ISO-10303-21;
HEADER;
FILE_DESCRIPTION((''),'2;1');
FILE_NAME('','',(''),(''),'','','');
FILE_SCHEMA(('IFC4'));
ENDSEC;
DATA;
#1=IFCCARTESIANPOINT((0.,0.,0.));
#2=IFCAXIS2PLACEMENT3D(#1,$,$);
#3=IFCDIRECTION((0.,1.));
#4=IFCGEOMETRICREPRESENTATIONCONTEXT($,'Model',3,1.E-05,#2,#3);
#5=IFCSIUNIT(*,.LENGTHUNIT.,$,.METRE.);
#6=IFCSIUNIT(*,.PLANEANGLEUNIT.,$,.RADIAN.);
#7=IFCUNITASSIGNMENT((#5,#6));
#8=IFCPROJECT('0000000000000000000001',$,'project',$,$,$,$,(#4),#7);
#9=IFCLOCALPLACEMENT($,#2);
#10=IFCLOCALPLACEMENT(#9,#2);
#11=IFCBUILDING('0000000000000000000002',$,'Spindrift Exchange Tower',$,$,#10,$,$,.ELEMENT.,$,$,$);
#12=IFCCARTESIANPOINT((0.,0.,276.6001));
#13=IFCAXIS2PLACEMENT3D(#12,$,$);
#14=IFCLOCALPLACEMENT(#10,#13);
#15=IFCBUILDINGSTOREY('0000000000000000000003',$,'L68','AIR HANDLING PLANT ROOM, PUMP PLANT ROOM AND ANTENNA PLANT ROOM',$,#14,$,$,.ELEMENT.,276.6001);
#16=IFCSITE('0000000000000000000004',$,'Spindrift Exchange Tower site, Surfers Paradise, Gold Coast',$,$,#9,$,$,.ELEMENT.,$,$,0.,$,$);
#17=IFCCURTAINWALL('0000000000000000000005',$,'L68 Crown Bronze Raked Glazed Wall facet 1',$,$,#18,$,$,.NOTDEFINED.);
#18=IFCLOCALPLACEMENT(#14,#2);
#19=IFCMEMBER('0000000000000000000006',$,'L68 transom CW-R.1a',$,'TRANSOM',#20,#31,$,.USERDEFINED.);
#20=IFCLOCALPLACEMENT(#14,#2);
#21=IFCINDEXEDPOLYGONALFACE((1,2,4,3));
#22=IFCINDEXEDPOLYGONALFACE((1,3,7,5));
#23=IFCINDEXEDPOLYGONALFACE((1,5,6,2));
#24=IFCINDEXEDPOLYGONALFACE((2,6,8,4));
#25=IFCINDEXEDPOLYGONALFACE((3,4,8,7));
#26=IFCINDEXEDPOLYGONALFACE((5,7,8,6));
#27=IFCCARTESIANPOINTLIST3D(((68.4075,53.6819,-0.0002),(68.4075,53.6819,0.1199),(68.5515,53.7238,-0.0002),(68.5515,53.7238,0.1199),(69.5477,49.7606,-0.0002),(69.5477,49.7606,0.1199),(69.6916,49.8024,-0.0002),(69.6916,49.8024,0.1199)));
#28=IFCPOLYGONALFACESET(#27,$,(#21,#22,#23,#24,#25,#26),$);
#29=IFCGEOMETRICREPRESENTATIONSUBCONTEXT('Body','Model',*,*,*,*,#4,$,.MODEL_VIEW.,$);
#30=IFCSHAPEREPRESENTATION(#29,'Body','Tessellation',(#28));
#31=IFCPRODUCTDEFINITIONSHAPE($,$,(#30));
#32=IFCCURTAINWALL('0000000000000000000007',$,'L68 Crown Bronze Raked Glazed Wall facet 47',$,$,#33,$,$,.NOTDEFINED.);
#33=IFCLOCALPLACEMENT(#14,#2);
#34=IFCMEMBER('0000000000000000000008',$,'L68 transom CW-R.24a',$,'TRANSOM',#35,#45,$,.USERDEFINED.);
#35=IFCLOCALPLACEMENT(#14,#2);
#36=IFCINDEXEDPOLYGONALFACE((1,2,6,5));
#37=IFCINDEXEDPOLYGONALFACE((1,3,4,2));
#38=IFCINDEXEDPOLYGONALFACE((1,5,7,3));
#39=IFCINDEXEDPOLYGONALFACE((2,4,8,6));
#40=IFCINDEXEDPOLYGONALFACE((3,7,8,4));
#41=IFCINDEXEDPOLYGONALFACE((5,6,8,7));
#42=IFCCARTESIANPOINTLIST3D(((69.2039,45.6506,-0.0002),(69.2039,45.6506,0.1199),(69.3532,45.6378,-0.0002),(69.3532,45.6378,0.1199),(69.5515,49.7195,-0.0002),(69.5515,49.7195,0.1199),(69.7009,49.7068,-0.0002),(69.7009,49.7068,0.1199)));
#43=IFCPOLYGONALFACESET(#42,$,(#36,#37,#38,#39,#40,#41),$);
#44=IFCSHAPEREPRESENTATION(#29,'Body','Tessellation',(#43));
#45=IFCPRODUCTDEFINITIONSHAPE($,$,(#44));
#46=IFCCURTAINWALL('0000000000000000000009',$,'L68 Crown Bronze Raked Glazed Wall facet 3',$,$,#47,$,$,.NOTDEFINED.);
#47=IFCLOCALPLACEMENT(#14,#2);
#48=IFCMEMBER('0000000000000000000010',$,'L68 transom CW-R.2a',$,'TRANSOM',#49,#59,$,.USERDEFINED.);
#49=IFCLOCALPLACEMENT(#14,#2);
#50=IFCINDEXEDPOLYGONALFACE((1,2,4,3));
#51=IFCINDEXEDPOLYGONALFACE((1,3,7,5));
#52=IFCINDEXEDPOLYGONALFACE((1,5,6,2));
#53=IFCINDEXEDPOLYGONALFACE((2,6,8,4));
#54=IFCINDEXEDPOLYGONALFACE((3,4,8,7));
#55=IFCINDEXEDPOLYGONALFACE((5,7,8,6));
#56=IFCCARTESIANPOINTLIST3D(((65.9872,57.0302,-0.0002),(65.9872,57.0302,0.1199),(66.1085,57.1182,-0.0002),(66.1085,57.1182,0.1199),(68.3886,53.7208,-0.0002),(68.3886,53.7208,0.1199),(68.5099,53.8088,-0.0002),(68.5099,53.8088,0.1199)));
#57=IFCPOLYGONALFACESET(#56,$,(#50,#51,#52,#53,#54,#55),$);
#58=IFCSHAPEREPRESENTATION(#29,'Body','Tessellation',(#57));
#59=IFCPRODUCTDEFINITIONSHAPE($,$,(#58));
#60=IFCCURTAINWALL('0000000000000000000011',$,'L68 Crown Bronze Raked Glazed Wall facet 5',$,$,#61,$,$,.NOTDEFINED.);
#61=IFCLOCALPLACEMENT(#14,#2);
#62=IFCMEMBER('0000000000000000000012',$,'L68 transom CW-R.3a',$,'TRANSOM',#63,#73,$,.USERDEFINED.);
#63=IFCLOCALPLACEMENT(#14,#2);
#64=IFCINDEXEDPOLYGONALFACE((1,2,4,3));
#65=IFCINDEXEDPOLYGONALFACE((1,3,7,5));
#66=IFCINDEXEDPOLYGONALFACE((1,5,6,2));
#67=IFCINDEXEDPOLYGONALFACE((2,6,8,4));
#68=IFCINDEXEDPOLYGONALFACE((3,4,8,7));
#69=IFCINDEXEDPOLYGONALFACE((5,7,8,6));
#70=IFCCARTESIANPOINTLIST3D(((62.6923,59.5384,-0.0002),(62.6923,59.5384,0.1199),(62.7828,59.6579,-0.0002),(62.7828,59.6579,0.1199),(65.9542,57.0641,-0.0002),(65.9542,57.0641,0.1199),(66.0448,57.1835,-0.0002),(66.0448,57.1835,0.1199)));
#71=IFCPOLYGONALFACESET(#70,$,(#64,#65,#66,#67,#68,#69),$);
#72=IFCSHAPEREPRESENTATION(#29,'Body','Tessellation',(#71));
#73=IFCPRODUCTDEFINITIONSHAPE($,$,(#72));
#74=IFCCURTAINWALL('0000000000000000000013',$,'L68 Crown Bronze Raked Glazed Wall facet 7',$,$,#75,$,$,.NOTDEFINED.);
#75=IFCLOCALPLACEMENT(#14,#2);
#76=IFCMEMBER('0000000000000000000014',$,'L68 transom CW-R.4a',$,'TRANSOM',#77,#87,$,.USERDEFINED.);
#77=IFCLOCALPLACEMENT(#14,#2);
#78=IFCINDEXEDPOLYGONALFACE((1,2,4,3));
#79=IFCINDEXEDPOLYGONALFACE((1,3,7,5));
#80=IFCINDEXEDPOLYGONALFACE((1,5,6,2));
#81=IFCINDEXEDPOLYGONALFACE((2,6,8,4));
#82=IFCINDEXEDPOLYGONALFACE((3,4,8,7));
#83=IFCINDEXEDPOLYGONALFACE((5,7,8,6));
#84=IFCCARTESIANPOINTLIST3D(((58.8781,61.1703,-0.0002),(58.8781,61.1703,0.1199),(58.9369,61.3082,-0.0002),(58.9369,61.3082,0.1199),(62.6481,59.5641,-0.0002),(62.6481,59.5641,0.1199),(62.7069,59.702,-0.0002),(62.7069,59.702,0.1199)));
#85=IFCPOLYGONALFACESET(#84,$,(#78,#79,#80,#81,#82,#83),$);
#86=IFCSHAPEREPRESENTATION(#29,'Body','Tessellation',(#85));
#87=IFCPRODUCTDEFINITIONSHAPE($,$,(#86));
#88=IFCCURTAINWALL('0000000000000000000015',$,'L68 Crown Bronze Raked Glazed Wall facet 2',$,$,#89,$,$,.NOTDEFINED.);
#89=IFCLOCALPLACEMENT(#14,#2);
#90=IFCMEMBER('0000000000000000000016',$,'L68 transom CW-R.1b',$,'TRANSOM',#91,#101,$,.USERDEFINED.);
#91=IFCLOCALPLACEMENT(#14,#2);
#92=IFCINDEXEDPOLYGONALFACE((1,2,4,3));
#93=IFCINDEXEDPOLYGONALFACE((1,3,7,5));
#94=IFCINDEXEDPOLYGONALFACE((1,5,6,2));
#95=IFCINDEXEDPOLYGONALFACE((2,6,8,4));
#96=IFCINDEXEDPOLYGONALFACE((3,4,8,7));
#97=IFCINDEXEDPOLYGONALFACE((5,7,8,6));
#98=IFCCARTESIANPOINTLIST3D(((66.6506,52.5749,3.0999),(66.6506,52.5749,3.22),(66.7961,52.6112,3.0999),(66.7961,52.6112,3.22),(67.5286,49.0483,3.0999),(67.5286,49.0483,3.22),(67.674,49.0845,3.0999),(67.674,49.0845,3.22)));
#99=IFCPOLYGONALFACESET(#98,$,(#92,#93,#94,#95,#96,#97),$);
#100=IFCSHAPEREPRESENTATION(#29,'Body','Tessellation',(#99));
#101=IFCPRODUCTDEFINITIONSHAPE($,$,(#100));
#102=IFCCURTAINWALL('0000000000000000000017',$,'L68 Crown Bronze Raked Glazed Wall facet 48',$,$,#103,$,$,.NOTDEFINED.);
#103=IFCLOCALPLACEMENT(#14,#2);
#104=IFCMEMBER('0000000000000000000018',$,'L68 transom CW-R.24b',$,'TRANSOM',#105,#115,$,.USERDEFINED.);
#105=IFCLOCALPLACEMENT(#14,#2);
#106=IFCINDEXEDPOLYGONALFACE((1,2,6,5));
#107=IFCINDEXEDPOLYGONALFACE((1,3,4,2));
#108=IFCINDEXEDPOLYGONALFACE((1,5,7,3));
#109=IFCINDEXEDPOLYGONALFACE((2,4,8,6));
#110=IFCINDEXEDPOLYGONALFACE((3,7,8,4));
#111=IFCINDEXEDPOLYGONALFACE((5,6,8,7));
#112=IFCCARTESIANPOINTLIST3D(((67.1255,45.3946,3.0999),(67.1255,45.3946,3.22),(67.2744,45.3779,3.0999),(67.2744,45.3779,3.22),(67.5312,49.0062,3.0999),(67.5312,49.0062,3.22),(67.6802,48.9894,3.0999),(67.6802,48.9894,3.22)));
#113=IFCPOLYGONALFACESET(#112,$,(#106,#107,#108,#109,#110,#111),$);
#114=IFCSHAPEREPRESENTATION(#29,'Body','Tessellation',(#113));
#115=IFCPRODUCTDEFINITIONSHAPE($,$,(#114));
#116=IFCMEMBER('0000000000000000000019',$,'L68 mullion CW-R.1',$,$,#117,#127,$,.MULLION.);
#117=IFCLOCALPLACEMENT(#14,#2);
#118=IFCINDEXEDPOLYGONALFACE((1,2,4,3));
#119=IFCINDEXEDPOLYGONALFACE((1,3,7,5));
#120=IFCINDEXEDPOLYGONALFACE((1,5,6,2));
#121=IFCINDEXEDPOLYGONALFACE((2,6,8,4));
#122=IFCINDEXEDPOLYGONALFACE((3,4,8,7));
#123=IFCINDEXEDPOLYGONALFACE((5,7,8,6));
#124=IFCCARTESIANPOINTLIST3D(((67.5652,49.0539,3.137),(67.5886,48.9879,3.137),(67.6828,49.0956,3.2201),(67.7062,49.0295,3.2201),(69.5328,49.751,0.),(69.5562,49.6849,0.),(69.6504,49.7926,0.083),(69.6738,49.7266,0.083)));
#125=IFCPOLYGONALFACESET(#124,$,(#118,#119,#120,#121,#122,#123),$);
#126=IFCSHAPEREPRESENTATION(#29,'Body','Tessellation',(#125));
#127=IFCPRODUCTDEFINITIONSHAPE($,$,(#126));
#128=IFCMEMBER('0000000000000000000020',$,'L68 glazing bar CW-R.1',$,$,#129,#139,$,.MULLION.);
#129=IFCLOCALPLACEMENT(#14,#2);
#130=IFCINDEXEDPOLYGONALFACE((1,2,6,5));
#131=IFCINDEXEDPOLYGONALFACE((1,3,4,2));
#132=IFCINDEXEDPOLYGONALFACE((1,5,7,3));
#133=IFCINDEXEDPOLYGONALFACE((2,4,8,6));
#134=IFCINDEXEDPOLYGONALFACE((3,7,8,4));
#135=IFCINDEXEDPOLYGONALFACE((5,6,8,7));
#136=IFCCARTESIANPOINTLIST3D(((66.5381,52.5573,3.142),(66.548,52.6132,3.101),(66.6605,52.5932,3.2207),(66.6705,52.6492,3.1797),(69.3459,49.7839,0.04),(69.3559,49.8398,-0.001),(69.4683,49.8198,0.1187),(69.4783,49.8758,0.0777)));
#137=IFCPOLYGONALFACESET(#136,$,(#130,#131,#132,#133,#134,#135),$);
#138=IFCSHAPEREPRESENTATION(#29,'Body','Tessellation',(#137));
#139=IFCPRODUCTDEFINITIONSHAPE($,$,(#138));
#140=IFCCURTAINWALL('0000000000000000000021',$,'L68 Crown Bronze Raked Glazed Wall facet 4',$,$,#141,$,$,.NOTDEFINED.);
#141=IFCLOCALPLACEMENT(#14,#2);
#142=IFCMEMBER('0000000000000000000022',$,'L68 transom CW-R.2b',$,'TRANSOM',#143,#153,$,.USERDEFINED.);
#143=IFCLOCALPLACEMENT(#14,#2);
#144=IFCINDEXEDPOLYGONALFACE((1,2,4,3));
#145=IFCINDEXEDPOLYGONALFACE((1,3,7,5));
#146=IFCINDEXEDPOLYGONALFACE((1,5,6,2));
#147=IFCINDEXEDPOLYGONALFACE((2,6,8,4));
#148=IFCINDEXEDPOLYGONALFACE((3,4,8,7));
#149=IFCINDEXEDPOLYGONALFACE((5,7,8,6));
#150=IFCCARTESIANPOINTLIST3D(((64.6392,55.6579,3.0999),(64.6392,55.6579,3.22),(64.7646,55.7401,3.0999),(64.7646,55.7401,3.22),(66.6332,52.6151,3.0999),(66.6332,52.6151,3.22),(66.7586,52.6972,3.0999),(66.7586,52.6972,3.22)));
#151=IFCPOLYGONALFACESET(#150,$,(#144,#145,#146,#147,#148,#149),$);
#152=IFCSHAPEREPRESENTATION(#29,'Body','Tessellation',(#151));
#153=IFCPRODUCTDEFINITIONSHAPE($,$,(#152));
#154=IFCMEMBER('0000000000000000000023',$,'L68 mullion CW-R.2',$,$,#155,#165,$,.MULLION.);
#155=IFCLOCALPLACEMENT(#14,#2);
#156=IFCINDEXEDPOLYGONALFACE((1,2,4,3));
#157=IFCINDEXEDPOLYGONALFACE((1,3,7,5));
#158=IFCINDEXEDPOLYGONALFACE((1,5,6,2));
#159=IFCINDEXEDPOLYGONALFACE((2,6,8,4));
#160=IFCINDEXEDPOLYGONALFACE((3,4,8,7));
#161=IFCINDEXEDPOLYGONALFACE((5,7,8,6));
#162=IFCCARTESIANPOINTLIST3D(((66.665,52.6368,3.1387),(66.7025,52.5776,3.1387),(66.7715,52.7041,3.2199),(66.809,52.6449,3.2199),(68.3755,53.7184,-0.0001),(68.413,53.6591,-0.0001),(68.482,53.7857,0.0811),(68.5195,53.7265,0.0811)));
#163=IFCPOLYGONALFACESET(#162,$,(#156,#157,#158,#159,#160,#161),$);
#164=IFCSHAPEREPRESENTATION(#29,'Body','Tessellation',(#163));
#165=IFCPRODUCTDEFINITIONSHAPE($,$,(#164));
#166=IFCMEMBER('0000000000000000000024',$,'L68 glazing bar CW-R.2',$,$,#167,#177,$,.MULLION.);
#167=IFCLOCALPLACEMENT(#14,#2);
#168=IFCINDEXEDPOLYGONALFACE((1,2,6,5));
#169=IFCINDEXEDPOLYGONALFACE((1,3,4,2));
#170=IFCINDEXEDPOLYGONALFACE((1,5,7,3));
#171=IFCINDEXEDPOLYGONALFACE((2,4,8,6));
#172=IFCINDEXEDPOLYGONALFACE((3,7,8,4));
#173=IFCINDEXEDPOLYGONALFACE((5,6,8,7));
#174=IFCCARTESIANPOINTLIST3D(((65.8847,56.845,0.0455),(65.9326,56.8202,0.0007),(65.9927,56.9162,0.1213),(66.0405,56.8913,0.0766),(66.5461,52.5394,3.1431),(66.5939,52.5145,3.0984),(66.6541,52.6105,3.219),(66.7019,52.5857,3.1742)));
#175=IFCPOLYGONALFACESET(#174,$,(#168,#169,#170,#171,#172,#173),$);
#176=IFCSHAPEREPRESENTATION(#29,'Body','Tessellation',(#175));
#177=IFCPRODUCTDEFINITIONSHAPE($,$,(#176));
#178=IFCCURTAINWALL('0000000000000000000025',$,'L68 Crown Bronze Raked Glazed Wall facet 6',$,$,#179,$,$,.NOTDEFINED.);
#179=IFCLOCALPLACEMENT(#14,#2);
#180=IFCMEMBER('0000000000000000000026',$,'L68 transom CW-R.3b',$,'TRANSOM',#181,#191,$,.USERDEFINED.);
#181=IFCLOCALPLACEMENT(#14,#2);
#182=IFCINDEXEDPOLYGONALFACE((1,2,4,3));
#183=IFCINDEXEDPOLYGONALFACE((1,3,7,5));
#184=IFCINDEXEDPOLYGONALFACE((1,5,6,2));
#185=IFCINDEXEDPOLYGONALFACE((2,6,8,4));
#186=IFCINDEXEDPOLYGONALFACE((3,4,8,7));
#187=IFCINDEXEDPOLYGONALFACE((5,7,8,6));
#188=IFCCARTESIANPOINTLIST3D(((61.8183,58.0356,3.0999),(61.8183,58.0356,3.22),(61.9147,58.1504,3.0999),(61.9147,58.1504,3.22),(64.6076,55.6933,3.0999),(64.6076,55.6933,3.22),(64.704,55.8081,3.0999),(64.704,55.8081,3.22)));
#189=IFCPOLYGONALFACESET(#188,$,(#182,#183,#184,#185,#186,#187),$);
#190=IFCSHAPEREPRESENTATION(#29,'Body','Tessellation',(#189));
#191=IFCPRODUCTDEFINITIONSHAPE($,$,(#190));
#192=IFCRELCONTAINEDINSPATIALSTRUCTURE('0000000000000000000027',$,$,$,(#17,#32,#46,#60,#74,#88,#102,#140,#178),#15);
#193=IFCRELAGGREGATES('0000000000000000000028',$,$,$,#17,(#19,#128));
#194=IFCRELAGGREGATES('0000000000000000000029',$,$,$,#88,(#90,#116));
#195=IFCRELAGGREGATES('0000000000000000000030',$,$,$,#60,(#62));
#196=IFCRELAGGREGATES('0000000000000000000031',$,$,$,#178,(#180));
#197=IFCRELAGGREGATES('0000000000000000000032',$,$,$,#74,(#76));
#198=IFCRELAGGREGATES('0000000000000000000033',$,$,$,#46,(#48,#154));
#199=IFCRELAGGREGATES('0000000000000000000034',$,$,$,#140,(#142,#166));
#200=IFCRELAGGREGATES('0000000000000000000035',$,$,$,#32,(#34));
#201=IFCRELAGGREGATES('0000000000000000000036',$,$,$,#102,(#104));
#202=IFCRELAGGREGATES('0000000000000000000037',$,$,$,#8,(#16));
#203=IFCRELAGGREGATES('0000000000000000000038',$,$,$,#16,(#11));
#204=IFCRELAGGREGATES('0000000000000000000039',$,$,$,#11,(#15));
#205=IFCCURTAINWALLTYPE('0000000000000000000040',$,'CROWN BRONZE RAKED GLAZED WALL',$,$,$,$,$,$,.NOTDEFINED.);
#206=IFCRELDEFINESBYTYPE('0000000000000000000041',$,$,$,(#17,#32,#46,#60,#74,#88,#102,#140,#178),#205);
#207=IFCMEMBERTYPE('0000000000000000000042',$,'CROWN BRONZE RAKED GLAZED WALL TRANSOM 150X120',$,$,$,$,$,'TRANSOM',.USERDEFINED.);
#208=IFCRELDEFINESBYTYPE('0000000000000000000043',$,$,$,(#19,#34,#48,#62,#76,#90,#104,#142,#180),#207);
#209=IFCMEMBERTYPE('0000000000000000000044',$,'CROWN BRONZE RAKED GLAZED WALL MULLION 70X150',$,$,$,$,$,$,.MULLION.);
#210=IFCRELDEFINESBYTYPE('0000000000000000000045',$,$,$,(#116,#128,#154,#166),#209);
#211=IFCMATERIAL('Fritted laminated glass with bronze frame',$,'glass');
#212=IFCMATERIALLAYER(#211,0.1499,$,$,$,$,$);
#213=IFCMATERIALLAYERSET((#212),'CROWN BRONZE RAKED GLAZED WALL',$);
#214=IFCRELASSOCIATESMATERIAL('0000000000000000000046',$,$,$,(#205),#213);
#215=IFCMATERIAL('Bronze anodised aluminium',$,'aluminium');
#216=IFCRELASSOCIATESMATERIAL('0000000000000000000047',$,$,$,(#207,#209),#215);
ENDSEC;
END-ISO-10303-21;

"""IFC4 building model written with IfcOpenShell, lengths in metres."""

from ifc_helpers import new_model, si_unit, direction, frame, origin, origin_2d, place, context, subcontext, project, spatial, rectangle, extrude, source, transform, mapped, material, layer, layer_set, material_profile, profile_set, type_object, element, aggregate, save


model = new_model("IFC4")

# Units and contexts
model_context = context("Model", 3, precision=1e-05, world=origin(), true_north=direction((0.0, 1.0)))
body_context = subcontext(model_context, "Body", "Model", "MODEL_VIEW")
ifc_project = project(units=[si_unit("LENGTHUNIT", "METRE"), si_unit("PLANEANGLEUNIT", "RADIAN")], contexts=[model_context])

# Site, building, storey
site_placement = place(None, origin())
site = spatial("IfcSite", under=ifc_project, at=site_placement, Name="Spindrift Exchange Tower site, Surfers Paradise, Gold Coast", CompositionType="ELEMENT", RefElevation=0.0)
building_placement = place(site_placement, origin())
building = spatial("IfcBuilding", under=site, at=building_placement, Name="Spindrift Exchange Tower", CompositionType="ELEMENT")
storey_placement = place(building_placement, frame((0.0, 0.0, 276.6001)))
storey = spatial("IfcBuildingStorey", under=building, at=storey_placement, Name="L68", Description="AIR HANDLING PLANT ROOM, PUMP PLANT ROOM AND ANTENNA PLANT ROOM", CompositionType="ELEMENT", Elevation=276.6001)

# Curtain walls, members
ifc_material_1 = material(Name="Fritted laminated glass with bronze frame", Category="glass")
ifc_layer_1 = layer(ifc_material_1, 0.1499)
ifc_layer_set_1 = layer_set([ifc_layer_1], Name="CROWN BRONZE RAKED GLAZED WALL")
curtain_wall_type = type_object("IfcCurtainWallType", Name="CROWN BRONZE RAKED GLAZED WALL", PredefinedType="NOTDEFINED", material=ifc_layer_set_1)
curtain_wall_1_placement = place(storey_placement, origin())
curtain_wall_1 = element("IfcCurtainWall", 1, at=curtain_wall_1_placement, inside=storey, type_object=curtain_wall_type, Name="L68 Crown Bronze Raked Glazed Wall facet 1", PredefinedType="NOTDEFINED")
ifc_material_2 = material(Name="Bronze anodised aluminium", Category="aluminium")
ifc_material_profile_1 = material_profile(ifc_material_2, rectangle(XDim=0.1499, YDim=0.1201, at=origin_2d()), Name="CROWN BRONZE RAKED GLAZED WALL TRANSOM 150X120")
ifc_profile_set_1 = profile_set([ifc_material_profile_1], Name="Bronze anodised aluminium")
member_type_1 = type_object("IfcMemberType", Name="CROWN BRONZE RAKED GLAZED WALL TRANSOM 150X120", ElementType="TRANSOM", PredefinedType="USERDEFINED", material=ifc_profile_set_1)
shared_shape_1 = source(origin(), body_context, "Body", "SweptSolid", [
    extrude(rectangle(XDim=0.1499, YDim=0.1201, at=origin_2d()), origin(), (0.0, 0.0, 1.0), 4.0837),
])
member_1_placement = place(storey_placement, frame((69.6196, 49.7815, 0.0598), z_axis=(-0.279187, 0.960237, 0.0), x_axis=(-0.960237, -0.279187, 0.0)))
member_1 = element("IfcMember", 2, at=member_1_placement, type_object=member_type_1, Name="L68 transom CW-R.1a", ObjectType="TRANSOM", PredefinedType="USERDEFINED", context=body_context, shape_type="MappedRepresentation", body=[
    mapped(shared_shape_1, transform((0.0, 0.0, 0.0), scale=1.0)),
])
curtain_wall_2_placement = place(storey_placement, origin())
curtain_wall_2 = element("IfcCurtainWall", 3, at=curtain_wall_2_placement, inside=storey, type_object=curtain_wall_type, Name="L68 Crown Bronze Raked Glazed Wall facet 47", PredefinedType="NOTDEFINED")
member_2_placement = place(storey_placement, frame((69.6262, 49.7131, 0.0598), z_axis=(-0.085133, -0.99637, 0.0), x_axis=(0.99637, -0.085133, 0.0)))
member_2 = element("IfcMember", 4, at=member_2_placement, type_object=member_type_1, Name="L68 transom CW-R.24a", ObjectType="TRANSOM", PredefinedType="USERDEFINED", context=body_context, shape_type="MappedRepresentation", body=[
    mapped(shared_shape_1, transform((0.0, 0.0, 0.0), scale=1.0)),
])
curtain_wall_3_placement = place(storey_placement, origin())
curtain_wall_3 = element("IfcCurtainWall", 5, at=curtain_wall_3_placement, inside=storey, type_object=curtain_wall_type, Name="L68 Crown Bronze Raked Glazed Wall facet 3", PredefinedType="NOTDEFINED")
shared_shape_2 = source(origin(), body_context, "Body", "SweptSolid", [
    extrude(rectangle(XDim=0.1499, YDim=0.1201, at=origin_2d()), origin(), (0.0, 0.0, 1.0), 4.0889),
])
member_3_placement = place(storey_placement, frame((66.0479, 57.0742, 0.0598), z_axis=(0.587305, -0.809366, 0.0), x_axis=(0.809366, 0.587305, 0.0)))
member_3 = element("IfcMember", 6, at=member_3_placement, type_object=member_type_1, Name="L68 transom CW-R.2a", ObjectType="TRANSOM", PredefinedType="USERDEFINED", context=body_context, shape_type="MappedRepresentation", body=[
    mapped(shared_shape_2, transform((0.0, 0.0, 0.0), scale=1.0)),
])
curtain_wall_4_placement = place(storey_placement, origin())
curtain_wall_4 = element("IfcCurtainWall", 7, at=curtain_wall_4_placement, inside=storey, type_object=curtain_wall_type, Name="L68 Crown Bronze Raked Glazed Wall facet 5", PredefinedType="NOTDEFINED")
shared_shape_3 = source(origin(), body_context, "Body", "SweptSolid", [
    extrude(rectangle(XDim=0.1499, YDim=0.1201, at=origin_2d()), origin(), (0.0, 0.0, 1.0), 4.0942),
])
member_4_placement = place(storey_placement, frame((62.7375, 59.5981, 0.0598), z_axis=(0.796718, -0.604351, 0.0), x_axis=(0.604351, 0.796718, 0.0)))
member_4 = element("IfcMember", 8, at=member_4_placement, type_object=member_type_1, Name="L68 transom CW-R.3a", ObjectType="TRANSOM", PredefinedType="USERDEFINED", context=body_context, shape_type="MappedRepresentation", body=[
    mapped(shared_shape_3, transform((0.0, 0.0, 0.0), scale=1.0)),
])
curtain_wall_5_placement = place(storey_placement, origin())
curtain_wall_5 = element("IfcCurtainWall", 9, at=curtain_wall_5_placement, inside=storey, type_object=curtain_wall_type, Name="L68 Crown Bronze Raked Glazed Wall facet 7", PredefinedType="NOTDEFINED")
shared_shape_4 = source(origin(), body_context, "Body", "SweptSolid", [
    extrude(rectangle(XDim=0.1499, YDim=0.1201, at=origin_2d()), origin(), (0.0, 0.0, 1.0), 4.0979),
])
member_5_placement = place(storey_placement, frame((62.6775, 59.6331, 0.0598), z_axis=(-0.919984, 0.391955, 0.0), x_axis=(-0.391955, -0.919984, 0.0)))
member_5 = element("IfcMember", 10, at=member_5_placement, type_object=member_type_1, Name="L68 transom CW-R.4a", ObjectType="TRANSOM", PredefinedType="USERDEFINED", context=body_context, shape_type="MappedRepresentation", body=[
    mapped(shared_shape_4, transform((0.0, 0.0, 0.0), scale=1.0)),
])
curtain_wall_6_placement = place(storey_placement, origin())
curtain_wall_6 = element("IfcCurtainWall", 11, at=curtain_wall_6_placement, inside=storey, type_object=curtain_wall_type, Name="L68 Crown Bronze Raked Glazed Wall facet 2", PredefinedType="NOTDEFINED")
shared_shape_5 = source(origin(), body_context, "Body", "SweptSolid", [
    extrude(rectangle(XDim=0.1499, YDim=0.1201, at=origin_2d()), origin(), (0.0, 0.0, 1.0), 3.6343),
])
member_6_placement = place(storey_placement, frame((67.6013, 49.0664, 3.1599), z_axis=(-0.241571, 0.970383, 0.0), x_axis=(-0.970383, -0.241571, 0.0)))
member_6 = element("IfcMember", 12, at=member_6_placement, type_object=member_type_1, Name="L68 transom CW-R.1b", ObjectType="TRANSOM", PredefinedType="USERDEFINED", context=body_context, shape_type="MappedRepresentation", body=[
    mapped(shared_shape_5, transform((0.0, 0.0, 0.0), scale=1.0)),
])
curtain_wall_7_placement = place(storey_placement, origin())
curtain_wall_7 = element("IfcCurtainWall", 13, at=curtain_wall_7_placement, inside=storey, type_object=curtain_wall_type, Name="L68 Crown Bronze Raked Glazed Wall facet 48", PredefinedType="NOTDEFINED")
member_7_placement = place(storey_placement, frame((67.6057, 48.9978, 3.1599), z_axis=(-0.111648, -0.993748, 0.0), x_axis=(0.993748, -0.111648, 0.0)))
member_7 = element("IfcMember", 14, at=member_7_placement, type_object=member_type_1, Name="L68 transom CW-R.24b", ObjectType="TRANSOM", PredefinedType="USERDEFINED", context=body_context, shape_type="MappedRepresentation", body=[
    mapped(shared_shape_5, transform((0.0, 0.0, 0.0), scale=1.0)),
])

# Members
ifc_material_profile_2 = material_profile(ifc_material_2, rectangle(XDim=0.0701, YDim=0.1499, at=origin_2d()), Name="CROWN BRONZE RAKED GLAZED WALL MULLION 70X150")
ifc_profile_set_2 = profile_set([ifc_material_profile_2], Name="Bronze anodised aluminium")
member_type_2 = type_object("IfcMemberType", Name="CROWN BRONZE RAKED GLAZED WALL MULLION 70X150", PredefinedType="MULLION", material=ifc_profile_set_2)
shared_shape_6 = source(origin(), body_context, "Body", "SweptSolid", [
    extrude(rectangle(XDim=0.0701, YDim=0.1499, at=origin_2d()), origin(), (0.0, 0.0, 1.0), 3.7681),
])
member_8_placement = place(storey_placement, frame((69.6033, 49.7388, 0.0415), z_axis=(-0.522173, -0.184986, 0.832535), x_axis=(0.333927, -0.942599, 0.0)))
member_8 = element("IfcMember", 15, at=member_8_placement, type_object=member_type_2, Name="L68 mullion CW-R.1", PredefinedType="MULLION", context=body_context, shape_type="MappedRepresentation", body=[
    mapped(shared_shape_6, transform((0.0, 0.0, 0.0), scale=1.0)),
])
shared_shape_7 = source(origin(), body_context, "Body", "SweptSolid", [
    extrude(rectangle(XDim=0.0701, YDim=0.1499, at=origin_2d()), origin(), (0.0, 0.0, 1.0), 5.0198),
])
member_9_placement = place(storey_placement, frame((69.4121, 49.8298, 0.0588), z_axis=(-0.559353, 0.552496, 0.617959), x_axis=(-0.141916, -0.798311, 0.585286)))
member_9 = element("IfcMember", 16, at=member_9_placement, type_object=member_type_2, Name="L68 glazing bar CW-R.1", PredefinedType="MULLION", context=body_context, shape_type="MappedRepresentation", body=[
    mapped(shared_shape_7, transform((0.0, 0.0, 0.0), scale=1.0)),
])

# Curtain wall, member
curtain_wall_8_placement = place(storey_placement, origin())
curtain_wall_8 = element("IfcCurtainWall", 17, at=curtain_wall_8_placement, inside=storey, type_object=curtain_wall_type, Name="L68 Crown Bronze Raked Glazed Wall facet 4", PredefinedType="NOTDEFINED")
shared_shape_8 = source(origin(), body_context, "Body", "SweptSolid", [
    extrude(rectangle(XDim=0.1499, YDim=0.1201, at=origin_2d()), origin(), (0.0, 0.0, 1.0), 3.6379),
])
member_10_placement = place(storey_placement, frame((64.7019, 55.699, 3.1599), z_axis=(0.548101, -0.836412, 0.0), x_axis=(0.836412, 0.548101, 0.0)))
member_10 = element("IfcMember", 18, at=member_10_placement, type_object=member_type_1, Name="L68 transom CW-R.2b", ObjectType="TRANSOM", PredefinedType="USERDEFINED", context=body_context, shape_type="MappedRepresentation", body=[
    mapped(shared_shape_8, transform((0.0, 0.0, 0.0), scale=1.0)),
])

# Members
shared_shape_9 = source(origin(), body_context, "Body", "SweptSolid", [
    extrude(rectangle(XDim=0.0701, YDim=0.1499, at=origin_2d()), origin(), (0.0, 0.0, 1.0), 3.7346),
])
member_11_placement = place(storey_placement, frame((68.4475, 53.7224, 0.0405), z_axis=(-0.458011, -0.289607, 0.840449), x_axis=(0.534438, -0.845208, 0.0)))
member_11 = element("IfcMember", 19, at=member_11_placement, type_object=member_type_2, Name="L68 mullion CW-R.2", PredefinedType="MULLION", context=body_context, shape_type="MappedRepresentation", body=[
    mapped(shared_shape_9, transform((0.0, 0.0, 0.0), scale=1.0)),
])
shared_shape_10 = source(origin(), body_context, "Body", "SweptSolid", [
    extrude(rectangle(XDim=0.0701, YDim=0.1499, at=origin_2d()), origin(), (0.0, 0.0, 1.0), 5.3452),
])
member_12_placement = place(storey_placement, frame((65.9626, 56.8682, 0.061), z_axis=(0.123732, -0.805513, 0.579516), x_axis=(0.682468, -0.354877, -0.638983)))
member_12 = element("IfcMember", 20, at=member_12_placement, type_object=member_type_2, Name="L68 glazing bar CW-R.2", PredefinedType="MULLION", context=body_context, shape_type="MappedRepresentation", body=[
    mapped(shared_shape_10, transform((0.0, 0.0, 0.0), scale=1.0)),
])

# Curtain wall, member
curtain_wall_9_placement = place(storey_placement, origin())
curtain_wall_9 = element("IfcCurtainWall", 21, at=curtain_wall_9_placement, inside=storey, type_object=curtain_wall_type, Name="L68 Crown Bronze Raked Glazed Wall facet 6", PredefinedType="NOTDEFINED")
shared_shape_11 = source(origin(), body_context, "Body", "SweptSolid", [
    extrude(rectangle(XDim=0.1499, YDim=0.1201, at=origin_2d()), origin(), (0.0, 0.0, 1.0), 3.6423),
])
member_13_placement = place(storey_placement, frame((61.8665, 58.093, 3.1599), z_axis=(0.765804, -0.643074, 0.0), x_axis=(0.643074, 0.765804, 0.0)))
member_13 = element("IfcMember", 22, at=member_13_placement, type_object=member_type_1, Name="L68 transom CW-R.3b", ObjectType="TRANSOM", PredefinedType="USERDEFINED", context=body_context, shape_type="MappedRepresentation", body=[
    mapped(shared_shape_11, transform((0.0, 0.0, 0.0), scale=1.0)),
])

aggregate(curtain_wall_1, [member_1, member_9])
aggregate(curtain_wall_6, [member_6, member_8])
aggregate(curtain_wall_4, [member_4])
aggregate(curtain_wall_9, [member_13])
aggregate(curtain_wall_5, [member_5])
aggregate(curtain_wall_3, [member_3, member_11])
aggregate(curtain_wall_8, [member_10, member_12])
aggregate(curtain_wall_2, [member_2])
aggregate(curtain_wall_7, [member_7])

save(model, "model.ifc")
